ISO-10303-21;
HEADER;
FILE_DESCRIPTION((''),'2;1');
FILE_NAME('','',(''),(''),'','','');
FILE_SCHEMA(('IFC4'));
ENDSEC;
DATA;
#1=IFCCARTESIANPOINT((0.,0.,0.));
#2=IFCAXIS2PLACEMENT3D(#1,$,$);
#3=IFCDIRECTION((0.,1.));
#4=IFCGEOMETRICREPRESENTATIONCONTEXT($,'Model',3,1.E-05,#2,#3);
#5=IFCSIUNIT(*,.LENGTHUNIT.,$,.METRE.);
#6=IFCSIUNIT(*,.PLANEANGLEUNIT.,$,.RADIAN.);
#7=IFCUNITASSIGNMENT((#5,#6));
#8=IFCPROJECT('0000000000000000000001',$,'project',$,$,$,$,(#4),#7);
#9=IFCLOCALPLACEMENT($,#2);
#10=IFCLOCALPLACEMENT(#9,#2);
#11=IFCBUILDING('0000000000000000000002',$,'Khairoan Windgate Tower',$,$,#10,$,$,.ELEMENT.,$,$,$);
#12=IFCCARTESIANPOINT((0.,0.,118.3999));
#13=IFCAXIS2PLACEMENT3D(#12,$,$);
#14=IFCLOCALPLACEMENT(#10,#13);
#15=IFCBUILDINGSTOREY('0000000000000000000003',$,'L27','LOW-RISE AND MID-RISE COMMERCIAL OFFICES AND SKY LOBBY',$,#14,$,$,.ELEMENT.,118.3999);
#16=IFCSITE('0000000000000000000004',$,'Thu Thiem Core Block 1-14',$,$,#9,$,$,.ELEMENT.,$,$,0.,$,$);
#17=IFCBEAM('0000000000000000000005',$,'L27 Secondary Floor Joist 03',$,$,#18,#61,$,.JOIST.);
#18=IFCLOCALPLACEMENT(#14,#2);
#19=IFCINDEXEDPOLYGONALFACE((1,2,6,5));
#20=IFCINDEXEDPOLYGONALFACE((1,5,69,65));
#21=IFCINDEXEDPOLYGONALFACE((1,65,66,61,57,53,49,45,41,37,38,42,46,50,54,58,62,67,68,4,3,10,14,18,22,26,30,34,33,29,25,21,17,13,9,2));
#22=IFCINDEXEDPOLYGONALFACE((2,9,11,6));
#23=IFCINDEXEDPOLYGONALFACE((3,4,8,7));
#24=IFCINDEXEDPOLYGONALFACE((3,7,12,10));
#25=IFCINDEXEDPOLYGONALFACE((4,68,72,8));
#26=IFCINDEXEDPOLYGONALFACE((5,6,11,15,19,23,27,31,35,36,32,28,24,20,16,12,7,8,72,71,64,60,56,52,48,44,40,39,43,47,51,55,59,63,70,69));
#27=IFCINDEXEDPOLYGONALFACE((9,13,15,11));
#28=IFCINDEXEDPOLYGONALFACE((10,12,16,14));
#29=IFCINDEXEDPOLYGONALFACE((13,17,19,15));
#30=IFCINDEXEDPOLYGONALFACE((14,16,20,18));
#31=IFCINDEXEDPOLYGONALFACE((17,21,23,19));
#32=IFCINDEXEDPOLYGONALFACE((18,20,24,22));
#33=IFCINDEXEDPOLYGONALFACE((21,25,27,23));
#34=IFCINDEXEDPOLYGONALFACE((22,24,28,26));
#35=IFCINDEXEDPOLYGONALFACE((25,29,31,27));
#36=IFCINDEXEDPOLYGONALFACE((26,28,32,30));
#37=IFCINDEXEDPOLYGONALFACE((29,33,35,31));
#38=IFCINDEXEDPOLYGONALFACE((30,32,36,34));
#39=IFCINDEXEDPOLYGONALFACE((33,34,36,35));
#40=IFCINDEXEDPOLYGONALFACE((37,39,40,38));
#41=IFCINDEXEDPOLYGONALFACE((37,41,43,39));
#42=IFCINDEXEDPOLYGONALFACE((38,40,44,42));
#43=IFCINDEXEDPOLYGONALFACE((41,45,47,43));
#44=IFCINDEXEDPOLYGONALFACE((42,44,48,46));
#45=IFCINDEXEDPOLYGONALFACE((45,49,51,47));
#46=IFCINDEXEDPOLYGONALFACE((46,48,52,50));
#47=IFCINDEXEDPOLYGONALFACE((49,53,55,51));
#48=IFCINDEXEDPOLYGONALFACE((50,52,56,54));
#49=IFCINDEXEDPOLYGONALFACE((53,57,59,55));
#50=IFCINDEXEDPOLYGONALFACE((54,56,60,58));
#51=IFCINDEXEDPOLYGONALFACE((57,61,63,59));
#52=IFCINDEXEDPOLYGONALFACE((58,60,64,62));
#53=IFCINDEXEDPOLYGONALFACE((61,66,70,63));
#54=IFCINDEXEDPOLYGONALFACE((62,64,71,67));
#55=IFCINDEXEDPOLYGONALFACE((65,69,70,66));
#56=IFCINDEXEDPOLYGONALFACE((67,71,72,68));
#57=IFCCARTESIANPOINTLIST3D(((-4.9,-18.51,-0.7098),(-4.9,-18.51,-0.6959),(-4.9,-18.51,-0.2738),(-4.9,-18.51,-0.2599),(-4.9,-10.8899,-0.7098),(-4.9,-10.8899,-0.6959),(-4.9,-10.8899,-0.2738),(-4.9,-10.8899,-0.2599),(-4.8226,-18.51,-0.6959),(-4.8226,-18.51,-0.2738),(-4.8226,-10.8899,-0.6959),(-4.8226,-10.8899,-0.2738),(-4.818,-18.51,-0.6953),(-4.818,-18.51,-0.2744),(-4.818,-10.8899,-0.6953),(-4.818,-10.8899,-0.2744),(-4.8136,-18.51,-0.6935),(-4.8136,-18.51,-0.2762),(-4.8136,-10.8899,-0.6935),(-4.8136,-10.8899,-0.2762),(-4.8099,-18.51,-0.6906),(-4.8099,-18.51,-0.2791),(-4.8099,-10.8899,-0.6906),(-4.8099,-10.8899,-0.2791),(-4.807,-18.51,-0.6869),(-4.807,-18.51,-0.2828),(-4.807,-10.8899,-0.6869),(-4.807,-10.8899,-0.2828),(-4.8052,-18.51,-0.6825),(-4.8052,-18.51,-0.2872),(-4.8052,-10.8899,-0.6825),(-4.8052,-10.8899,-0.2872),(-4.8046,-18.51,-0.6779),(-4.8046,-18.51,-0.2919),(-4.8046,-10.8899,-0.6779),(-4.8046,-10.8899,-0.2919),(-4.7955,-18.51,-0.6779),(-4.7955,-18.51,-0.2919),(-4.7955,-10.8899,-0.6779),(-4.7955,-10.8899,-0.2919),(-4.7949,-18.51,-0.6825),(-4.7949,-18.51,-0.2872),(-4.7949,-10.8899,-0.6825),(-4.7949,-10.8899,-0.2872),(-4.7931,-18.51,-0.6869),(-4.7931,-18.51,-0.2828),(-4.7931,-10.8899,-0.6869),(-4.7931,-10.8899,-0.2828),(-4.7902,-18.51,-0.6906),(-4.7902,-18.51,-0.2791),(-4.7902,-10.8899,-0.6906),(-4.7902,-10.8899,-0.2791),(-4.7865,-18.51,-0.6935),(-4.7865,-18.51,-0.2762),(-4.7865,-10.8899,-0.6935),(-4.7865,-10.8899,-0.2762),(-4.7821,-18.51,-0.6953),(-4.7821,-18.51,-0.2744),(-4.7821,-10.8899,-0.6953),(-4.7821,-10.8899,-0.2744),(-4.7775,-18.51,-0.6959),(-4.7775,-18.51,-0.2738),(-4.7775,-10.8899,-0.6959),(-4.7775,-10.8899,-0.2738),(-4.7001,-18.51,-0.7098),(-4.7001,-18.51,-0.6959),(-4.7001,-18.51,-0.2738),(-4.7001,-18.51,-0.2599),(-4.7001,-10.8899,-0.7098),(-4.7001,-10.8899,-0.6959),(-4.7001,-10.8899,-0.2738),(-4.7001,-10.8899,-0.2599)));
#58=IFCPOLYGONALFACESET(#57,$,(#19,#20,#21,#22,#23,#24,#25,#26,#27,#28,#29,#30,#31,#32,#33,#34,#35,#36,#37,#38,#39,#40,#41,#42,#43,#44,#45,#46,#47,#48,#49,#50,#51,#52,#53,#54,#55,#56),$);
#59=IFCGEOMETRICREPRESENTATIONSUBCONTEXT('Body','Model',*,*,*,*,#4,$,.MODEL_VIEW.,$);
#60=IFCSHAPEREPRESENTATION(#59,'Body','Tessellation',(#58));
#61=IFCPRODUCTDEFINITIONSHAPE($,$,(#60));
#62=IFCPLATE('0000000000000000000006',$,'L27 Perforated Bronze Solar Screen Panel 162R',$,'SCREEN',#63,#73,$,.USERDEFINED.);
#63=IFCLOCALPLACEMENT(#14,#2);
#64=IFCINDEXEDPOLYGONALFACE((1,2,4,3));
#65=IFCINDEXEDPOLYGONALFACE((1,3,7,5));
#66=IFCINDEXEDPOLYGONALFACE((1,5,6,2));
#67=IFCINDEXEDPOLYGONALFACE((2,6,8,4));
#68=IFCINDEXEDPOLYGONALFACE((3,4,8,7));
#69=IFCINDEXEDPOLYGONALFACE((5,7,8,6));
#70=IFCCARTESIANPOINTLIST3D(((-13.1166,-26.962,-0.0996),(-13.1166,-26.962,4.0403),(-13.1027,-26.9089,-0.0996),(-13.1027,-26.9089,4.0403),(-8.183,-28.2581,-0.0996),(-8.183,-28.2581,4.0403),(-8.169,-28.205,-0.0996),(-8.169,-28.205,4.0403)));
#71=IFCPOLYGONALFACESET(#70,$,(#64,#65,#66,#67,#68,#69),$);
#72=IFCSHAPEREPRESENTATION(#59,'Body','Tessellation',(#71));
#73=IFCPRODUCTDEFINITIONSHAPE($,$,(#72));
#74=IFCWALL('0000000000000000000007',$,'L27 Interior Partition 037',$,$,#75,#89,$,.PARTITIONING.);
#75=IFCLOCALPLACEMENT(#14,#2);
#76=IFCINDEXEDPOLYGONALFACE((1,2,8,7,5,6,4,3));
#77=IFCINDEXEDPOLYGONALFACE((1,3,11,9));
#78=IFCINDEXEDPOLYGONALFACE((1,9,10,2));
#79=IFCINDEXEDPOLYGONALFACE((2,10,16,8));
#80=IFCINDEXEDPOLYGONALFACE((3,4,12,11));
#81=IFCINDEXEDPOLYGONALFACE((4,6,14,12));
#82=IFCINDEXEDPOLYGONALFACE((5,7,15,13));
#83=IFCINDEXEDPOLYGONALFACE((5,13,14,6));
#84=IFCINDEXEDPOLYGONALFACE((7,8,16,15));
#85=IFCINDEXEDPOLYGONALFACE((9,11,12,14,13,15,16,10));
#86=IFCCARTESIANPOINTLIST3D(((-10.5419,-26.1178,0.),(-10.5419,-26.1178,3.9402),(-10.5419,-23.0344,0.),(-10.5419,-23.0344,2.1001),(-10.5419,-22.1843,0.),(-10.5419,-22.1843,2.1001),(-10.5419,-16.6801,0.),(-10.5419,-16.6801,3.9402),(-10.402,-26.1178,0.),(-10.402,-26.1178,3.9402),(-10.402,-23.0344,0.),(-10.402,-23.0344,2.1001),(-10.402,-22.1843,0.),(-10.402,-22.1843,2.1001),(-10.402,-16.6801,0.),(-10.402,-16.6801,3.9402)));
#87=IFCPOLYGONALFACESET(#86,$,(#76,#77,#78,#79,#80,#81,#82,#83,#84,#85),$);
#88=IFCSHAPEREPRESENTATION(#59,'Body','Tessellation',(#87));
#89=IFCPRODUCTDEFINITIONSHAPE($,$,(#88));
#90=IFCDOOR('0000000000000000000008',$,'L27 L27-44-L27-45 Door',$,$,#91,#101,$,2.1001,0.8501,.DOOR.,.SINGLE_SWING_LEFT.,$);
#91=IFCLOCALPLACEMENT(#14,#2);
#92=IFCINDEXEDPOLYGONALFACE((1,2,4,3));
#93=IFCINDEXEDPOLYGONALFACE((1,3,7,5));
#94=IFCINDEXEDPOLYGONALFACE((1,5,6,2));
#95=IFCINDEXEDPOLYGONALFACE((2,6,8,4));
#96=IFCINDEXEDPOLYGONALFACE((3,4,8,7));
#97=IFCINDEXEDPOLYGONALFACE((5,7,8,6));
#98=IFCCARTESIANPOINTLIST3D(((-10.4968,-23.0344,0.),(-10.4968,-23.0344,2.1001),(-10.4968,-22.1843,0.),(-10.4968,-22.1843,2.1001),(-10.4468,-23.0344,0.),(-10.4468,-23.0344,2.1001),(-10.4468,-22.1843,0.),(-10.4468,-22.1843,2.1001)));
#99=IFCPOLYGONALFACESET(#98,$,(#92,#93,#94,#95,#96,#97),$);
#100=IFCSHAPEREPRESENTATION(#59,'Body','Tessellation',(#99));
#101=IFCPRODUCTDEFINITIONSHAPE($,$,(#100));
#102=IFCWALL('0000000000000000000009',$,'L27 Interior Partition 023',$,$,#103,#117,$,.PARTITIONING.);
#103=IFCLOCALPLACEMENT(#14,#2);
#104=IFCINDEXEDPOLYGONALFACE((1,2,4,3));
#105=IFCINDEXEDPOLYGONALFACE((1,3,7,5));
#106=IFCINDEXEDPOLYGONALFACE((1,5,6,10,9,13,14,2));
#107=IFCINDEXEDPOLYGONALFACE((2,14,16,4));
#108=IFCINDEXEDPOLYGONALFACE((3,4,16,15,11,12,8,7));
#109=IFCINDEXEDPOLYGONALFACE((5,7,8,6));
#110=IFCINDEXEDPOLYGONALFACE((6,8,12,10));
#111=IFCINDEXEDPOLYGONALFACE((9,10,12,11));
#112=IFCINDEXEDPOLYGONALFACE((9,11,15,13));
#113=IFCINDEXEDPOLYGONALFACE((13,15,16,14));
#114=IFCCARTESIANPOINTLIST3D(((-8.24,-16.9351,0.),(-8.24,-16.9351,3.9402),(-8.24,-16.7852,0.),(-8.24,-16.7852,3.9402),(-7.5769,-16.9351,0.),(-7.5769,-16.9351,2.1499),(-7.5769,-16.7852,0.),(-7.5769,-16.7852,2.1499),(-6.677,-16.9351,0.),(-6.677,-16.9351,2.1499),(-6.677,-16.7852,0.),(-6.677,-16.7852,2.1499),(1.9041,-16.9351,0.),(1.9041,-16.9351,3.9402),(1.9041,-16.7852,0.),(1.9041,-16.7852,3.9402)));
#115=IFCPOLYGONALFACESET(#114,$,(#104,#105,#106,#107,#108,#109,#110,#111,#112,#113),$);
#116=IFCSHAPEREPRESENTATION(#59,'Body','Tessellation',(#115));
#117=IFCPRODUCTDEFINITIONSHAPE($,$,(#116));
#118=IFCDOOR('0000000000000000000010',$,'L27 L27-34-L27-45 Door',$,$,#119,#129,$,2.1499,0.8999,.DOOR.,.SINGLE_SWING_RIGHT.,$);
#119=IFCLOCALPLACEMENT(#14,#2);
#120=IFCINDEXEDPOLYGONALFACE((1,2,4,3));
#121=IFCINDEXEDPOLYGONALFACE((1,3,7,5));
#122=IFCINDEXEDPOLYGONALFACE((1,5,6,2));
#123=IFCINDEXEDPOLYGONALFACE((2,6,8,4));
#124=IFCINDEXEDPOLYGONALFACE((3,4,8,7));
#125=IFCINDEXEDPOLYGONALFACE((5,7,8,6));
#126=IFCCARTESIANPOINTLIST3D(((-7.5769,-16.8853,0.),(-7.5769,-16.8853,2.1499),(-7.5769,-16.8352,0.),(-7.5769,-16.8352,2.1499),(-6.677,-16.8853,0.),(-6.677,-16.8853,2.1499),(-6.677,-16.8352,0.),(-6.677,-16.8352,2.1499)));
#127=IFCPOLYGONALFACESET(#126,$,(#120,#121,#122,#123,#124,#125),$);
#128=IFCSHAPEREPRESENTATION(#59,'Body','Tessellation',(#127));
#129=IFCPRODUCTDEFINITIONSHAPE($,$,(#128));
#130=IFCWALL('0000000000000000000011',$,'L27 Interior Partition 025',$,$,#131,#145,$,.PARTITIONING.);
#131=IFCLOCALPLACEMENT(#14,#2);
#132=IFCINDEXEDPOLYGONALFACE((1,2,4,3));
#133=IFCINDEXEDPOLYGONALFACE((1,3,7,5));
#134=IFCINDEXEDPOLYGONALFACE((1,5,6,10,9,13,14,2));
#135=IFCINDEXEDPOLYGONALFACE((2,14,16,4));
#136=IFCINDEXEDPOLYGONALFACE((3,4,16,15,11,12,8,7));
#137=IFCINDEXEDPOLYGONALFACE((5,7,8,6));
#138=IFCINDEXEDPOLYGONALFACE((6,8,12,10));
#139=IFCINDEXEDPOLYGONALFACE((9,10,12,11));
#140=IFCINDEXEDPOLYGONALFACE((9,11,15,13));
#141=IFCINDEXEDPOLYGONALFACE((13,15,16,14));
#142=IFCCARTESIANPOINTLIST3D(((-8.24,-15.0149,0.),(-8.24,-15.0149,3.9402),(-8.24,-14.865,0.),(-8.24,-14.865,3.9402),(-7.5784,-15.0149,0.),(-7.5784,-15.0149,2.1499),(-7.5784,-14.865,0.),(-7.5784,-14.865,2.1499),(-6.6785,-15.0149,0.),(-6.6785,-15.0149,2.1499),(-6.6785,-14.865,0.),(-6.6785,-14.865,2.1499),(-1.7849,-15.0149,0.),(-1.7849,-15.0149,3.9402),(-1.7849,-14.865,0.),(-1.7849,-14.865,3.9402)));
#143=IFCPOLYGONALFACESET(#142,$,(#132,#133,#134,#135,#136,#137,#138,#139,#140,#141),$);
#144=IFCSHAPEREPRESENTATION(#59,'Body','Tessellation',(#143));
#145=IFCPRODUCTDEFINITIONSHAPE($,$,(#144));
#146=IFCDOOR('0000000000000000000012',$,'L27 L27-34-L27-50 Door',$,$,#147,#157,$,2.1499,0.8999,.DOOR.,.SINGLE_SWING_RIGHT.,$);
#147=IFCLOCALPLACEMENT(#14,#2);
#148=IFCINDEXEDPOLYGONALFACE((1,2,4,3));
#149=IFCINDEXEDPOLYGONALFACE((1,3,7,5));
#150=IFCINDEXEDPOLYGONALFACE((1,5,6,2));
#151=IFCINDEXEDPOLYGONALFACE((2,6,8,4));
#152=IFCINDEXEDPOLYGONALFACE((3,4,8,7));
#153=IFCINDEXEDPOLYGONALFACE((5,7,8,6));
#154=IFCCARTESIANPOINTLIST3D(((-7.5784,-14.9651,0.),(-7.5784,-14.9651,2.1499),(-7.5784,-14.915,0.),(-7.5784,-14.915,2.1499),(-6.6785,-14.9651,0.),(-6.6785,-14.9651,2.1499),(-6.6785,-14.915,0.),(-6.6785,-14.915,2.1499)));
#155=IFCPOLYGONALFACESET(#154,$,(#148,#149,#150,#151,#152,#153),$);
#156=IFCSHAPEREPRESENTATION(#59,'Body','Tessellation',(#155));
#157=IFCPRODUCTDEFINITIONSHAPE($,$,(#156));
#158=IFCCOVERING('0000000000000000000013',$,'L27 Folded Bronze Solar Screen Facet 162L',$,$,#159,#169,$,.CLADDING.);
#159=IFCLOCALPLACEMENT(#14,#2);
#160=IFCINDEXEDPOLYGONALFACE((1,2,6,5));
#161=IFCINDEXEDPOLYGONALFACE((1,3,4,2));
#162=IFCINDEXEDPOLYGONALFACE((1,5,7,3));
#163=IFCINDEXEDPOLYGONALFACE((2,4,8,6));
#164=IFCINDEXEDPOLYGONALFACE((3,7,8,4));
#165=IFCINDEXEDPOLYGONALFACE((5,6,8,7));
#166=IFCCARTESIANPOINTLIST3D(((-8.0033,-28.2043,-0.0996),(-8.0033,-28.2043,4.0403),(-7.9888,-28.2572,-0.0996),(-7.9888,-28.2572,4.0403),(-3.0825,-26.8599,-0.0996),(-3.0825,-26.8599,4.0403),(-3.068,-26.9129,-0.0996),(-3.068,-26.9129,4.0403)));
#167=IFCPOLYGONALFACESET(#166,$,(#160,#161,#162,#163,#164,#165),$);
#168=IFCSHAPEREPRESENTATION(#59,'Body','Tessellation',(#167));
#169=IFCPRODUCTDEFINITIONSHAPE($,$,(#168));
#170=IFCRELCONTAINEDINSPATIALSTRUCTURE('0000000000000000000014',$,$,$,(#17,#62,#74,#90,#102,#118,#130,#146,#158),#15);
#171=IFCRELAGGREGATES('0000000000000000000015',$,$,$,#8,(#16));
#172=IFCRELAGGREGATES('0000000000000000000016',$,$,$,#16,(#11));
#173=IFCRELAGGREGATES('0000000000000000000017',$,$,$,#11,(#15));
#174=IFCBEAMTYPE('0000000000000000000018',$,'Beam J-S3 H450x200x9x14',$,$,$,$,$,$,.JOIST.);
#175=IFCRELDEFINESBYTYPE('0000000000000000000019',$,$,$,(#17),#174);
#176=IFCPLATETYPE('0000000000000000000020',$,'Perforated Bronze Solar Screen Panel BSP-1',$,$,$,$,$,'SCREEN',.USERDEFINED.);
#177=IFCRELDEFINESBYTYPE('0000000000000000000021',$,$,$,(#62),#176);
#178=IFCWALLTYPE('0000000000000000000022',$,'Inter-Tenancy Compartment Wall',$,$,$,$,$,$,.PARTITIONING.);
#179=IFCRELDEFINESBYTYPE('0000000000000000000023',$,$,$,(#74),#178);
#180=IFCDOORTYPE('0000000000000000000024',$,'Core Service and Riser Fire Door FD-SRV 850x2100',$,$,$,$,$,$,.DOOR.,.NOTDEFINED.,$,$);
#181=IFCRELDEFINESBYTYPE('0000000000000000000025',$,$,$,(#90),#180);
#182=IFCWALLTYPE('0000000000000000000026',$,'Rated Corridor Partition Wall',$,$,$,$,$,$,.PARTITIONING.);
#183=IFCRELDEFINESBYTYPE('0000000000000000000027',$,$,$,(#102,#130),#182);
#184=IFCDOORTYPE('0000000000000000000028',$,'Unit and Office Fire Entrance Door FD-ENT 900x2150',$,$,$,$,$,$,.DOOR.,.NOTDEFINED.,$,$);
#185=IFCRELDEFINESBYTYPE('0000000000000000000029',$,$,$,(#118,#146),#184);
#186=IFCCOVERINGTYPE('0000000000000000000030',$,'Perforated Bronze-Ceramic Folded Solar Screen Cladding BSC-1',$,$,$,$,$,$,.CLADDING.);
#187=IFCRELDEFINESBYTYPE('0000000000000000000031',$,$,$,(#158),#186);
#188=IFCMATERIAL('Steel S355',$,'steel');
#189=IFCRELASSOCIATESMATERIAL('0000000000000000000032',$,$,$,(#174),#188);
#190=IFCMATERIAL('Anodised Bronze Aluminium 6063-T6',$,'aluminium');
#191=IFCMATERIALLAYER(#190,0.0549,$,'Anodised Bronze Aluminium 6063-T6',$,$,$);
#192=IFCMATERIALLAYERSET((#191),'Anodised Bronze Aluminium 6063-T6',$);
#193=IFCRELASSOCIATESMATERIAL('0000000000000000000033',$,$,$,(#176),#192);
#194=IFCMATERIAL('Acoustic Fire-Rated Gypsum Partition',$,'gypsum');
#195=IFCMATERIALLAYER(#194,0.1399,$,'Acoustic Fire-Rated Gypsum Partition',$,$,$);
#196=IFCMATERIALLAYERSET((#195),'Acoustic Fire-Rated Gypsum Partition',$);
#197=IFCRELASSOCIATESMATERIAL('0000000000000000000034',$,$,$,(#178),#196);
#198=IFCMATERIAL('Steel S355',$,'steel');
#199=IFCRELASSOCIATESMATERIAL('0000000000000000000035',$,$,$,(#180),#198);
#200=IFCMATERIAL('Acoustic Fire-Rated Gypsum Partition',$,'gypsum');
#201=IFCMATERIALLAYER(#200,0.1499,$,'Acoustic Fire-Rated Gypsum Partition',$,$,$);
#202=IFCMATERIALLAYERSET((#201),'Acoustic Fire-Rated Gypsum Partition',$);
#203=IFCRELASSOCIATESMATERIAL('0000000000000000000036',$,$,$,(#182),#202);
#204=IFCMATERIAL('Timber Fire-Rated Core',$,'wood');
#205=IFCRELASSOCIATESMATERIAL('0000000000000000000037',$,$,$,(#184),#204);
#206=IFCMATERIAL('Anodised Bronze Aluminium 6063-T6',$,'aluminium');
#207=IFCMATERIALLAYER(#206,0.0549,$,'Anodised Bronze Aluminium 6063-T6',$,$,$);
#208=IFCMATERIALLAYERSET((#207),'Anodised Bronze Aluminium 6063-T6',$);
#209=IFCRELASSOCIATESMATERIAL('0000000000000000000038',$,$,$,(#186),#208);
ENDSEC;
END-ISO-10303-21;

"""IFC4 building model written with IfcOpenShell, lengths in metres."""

from ifc_helpers import new_model, si_unit, direction, frame, frame_2d, origin, origin_2d, place, context, subcontext, project, spatial, rectangle, i_section, extrude, material, layer, layer_set, material_profile, profile_set, type_object, element, fill, save


model = new_model("IFC4")

# Units and contexts
model_context = context("Model", 3, precision=1e-05, world=origin(), true_north=direction((0.0, 1.0)))
body_context = subcontext(model_context, "Body", "Model", "MODEL_VIEW")
ifc_project = project(units=[si_unit("LENGTHUNIT", "METRE"), si_unit("PLANEANGLEUNIT", "RADIAN")], contexts=[model_context])

# Site, building, storey
site_placement = place(None, origin())
site = spatial("IfcSite", under=ifc_project, at=site_placement, Name="Thu Thiem Core Block 1-14", CompositionType="ELEMENT", RefElevation=0.0)
building_placement = place(site_placement, origin())
building = spatial("IfcBuilding", under=site, at=building_placement, Name="Khairoan Windgate Tower", CompositionType="ELEMENT")
storey_placement = place(building_placement, frame((0.0, 0.0, 118.3999)))
storey = spatial("IfcBuildingStorey", under=building, at=storey_placement, Name="L27", Description="LOW-RISE AND MID-RISE COMMERCIAL OFFICES AND SKY LOBBY", CompositionType="ELEMENT", Elevation=118.3999)

# Beam
ifc_material_1 = material(Name="Steel S355", Category="steel")
ifc_material_profile_1 = material_profile(ifc_material_1, i_section(OverallWidth=0.2, OverallDepth=0.45, WebThickness=0.009, FlangeThickness=0.0139, FilletRadius=0.0181, at=origin_2d()))
ifc_profile_set_1 = profile_set([ifc_material_profile_1], Name="Steel S355")
beam_type_1 = type_object("IfcBeamType", Name="Beam J-S3 H450x200x9x14", PredefinedType="JOIST", material=ifc_profile_set_1)
beam_1_placement = place(storey_placement, frame((-4.8, -18.51, -0.4849), z_axis=(0.0, 1.0, 0.0), x_axis=(-1.0, 0.0, 0.0)))
element("IfcBeam", 1, at=beam_1_placement, inside=storey, type_object=beam_type_1, Name="L27 Secondary Floor Joist 03", PredefinedType="JOIST", context=body_context, shape_type="SweptSolid", body=[
    extrude(i_section(OverallWidth=0.2, OverallDepth=0.45, WebThickness=0.009, FlangeThickness=0.0139, FilletRadius=0.0181, at=origin_2d()), origin(), (0.0, 0.0, 1.0), 7.6201),
])

# Plate
ifc_material_2 = material(Name="Anodised Bronze Aluminium 6063-T6", Category="aluminium")
ifc_layer_1 = layer(ifc_material_2, 0.0549, Name="Anodised Bronze Aluminium 6063-T6")
ifc_layer_set_1 = layer_set([ifc_layer_1], Name="Anodised Bronze Aluminium 6063-T6")
plate_type = type_object("IfcPlateType", Name="Perforated Bronze Solar Screen Panel BSP-1", ElementType="SCREEN", PredefinedType="USERDEFINED", material=ifc_layer_set_1)
plate_placement = place(storey_placement, frame((-10.6428, -27.5835, -0.0996), z_axis=(0.0, 0.0, 1.0), x_axis=(-0.967179, 0.254096, 0.0)))
element("IfcPlate", 2, at=plate_placement, inside=storey, type_object=plate_type, Name="L27 Perforated Bronze Solar Screen Panel 162R", ObjectType="SCREEN", PredefinedType="USERDEFINED", context=body_context, shape_type="SweptSolid", body=[
    extrude(rectangle(XDim=5.1011, YDim=0.0549, at=origin_2d()), origin(), (0.0, 0.0, 1.0), 4.1399),
])

# Walls, openings, doors
ifc_material_3 = material(Name="Acoustic Fire-Rated Gypsum Partition", Category="gypsum")
ifc_layer_2 = layer(ifc_material_3, 0.1399, Name="Acoustic Fire-Rated Gypsum Partition")
ifc_layer_set_2 = layer_set([ifc_layer_2], Name="Acoustic Fire-Rated Gypsum Partition")
wall_type_1 = type_object("IfcWallType", Name="Inter-Tenancy Compartment Wall", PredefinedType="PARTITIONING", material=ifc_layer_set_2)
wall_1_placement = place(storey_placement, frame((-10.4719, -26.1177, 0.0), z_axis=(0.0, 0.0, 1.0), x_axis=(0.0, 1.0, 0.0)))
wall_1 = element("IfcWall", 3, at=wall_1_placement, inside=storey, type_object=wall_type_1, Name="L27 Interior Partition 037", PredefinedType="PARTITIONING", context=body_context, shape_type="SweptSolid", body=[
    extrude(rectangle(XDim=9.4377, YDim=0.1399, at=frame_2d((4.7188, 0.0))), origin(), (0.0, 0.0, 1.0), 3.9402),
])
opening_1_placement = place(wall_1_placement, frame((3.0833, 0.0, 0.0)))
opening_1 = element("IfcOpeningElement", 4, at=opening_1_placement, cuts=wall_1, PredefinedType="OPENING", context=body_context, shape_type="SweptSolid", body=[
    extrude(rectangle(XDim=0.8501, YDim=2.1001, at=frame_2d((0.425, 1.05))), frame((0.0, 0.0798, 0.0), z_axis=(0.0, -1.0, 0.0), x_axis=(1.0, 0.0, 0.0)), (0.0, 0.0, 1.0), 0.1599),
])
ifc_material_4 = material(Name="Steel S355", Category="steel")
door_type_1 = type_object("IfcDoorType", Name="Core Service and Riser Fire Door FD-SRV 850x2100", OperationType="NOTDEFINED", PredefinedType="DOOR", material=ifc_material_4)
door_1_placement = place(opening_1_placement, origin())
door_1 = element("IfcDoor", 5, at=door_1_placement, inside=storey, type_object=door_type_1, Name="L27 L27-44-L27-45 Door", OperationType="SINGLE_SWING_LEFT", OverallHeight=2.1001, OverallWidth=0.8501, PredefinedType="DOOR", context=body_context, shape_type="SweptSolid", body=[
    extrude(rectangle(XDim=0.8501, YDim=2.1001, at=frame_2d((0.425, 1.05))), frame((0.0, 0.0249, 0.0), z_axis=(0.0, -1.0, 0.0), x_axis=(1.0, 0.0, 0.0)), (0.0, 0.0, 1.0), 0.05),
])
fill(opening_1, door_1)
ifc_material_5 = material(Name="Acoustic Fire-Rated Gypsum Partition", Category="gypsum")
ifc_layer_3 = layer(ifc_material_5, 0.1499, Name="Acoustic Fire-Rated Gypsum Partition")
ifc_layer_set_3 = layer_set([ifc_layer_3], Name="Acoustic Fire-Rated Gypsum Partition")
wall_type_2 = type_object("IfcWallType", Name="Rated Corridor Partition Wall", PredefinedType="PARTITIONING", material=ifc_layer_set_3)
wall_2_placement = place(storey_placement, frame((-8.24, -16.8601, 0.0), z_axis=(0.0, 0.0, 1.0), x_axis=(1.0, 0.0, 0.0)))
wall_2 = element("IfcWall", 6, at=wall_2_placement, inside=storey, type_object=wall_type_2, Name="L27 Interior Partition 023", PredefinedType="PARTITIONING", context=body_context, shape_type="SweptSolid", body=[
    extrude(rectangle(XDim=10.144, YDim=0.1499, at=frame_2d((5.072, 0.0))), origin(), (0.0, 0.0, 1.0), 3.9402),
])
opening_2_placement = place(wall_2_placement, frame((0.6631, 0.0, 0.0)))
opening_2 = element("IfcOpeningElement", 7, at=opening_2_placement, cuts=wall_2, PredefinedType="OPENING", context=body_context, shape_type="SweptSolid", body=[
    extrude(rectangle(XDim=0.8999, YDim=2.1499, at=frame_2d((0.45, 1.075))), frame((0.0, 0.085, 0.0), z_axis=(0.0, -1.0, 0.0), x_axis=(1.0, 0.0, 0.0)), (0.0, 0.0, 1.0), 0.1699),
])
ifc_material_6 = material(Name="Timber Fire-Rated Core", Category="wood")
door_type_2 = type_object("IfcDoorType", Name="Unit and Office Fire Entrance Door FD-ENT 900x2150", OperationType="NOTDEFINED", PredefinedType="DOOR", material=ifc_material_6)
door_2_placement = place(opening_2_placement, origin())
door_2 = element("IfcDoor", 8, at=door_2_placement, inside=storey, type_object=door_type_2, Name="L27 L27-34-L27-45 Door", OperationType="SINGLE_SWING_RIGHT", OverallHeight=2.1499, OverallWidth=0.8999, PredefinedType="DOOR", context=body_context, shape_type="SweptSolid", body=[
    extrude(rectangle(XDim=0.8999, YDim=2.1499, at=frame_2d((0.45, 1.075))), frame((0.0, 0.0249, 0.0), z_axis=(0.0, -1.0, 0.0), x_axis=(1.0, 0.0, 0.0)), (0.0, 0.0, 1.0), 0.05),
])
fill(opening_2, door_2)
wall_3_placement = place(storey_placement, frame((-8.24, -14.9399, 0.0), z_axis=(0.0, 0.0, 1.0), x_axis=(1.0, 0.0, 0.0)))
wall_3 = element("IfcWall", 9, at=wall_3_placement, inside=storey, type_object=wall_type_2, Name="L27 Interior Partition 025", PredefinedType="PARTITIONING", context=body_context, shape_type="SweptSolid", body=[
    extrude(rectangle(XDim=6.4551, YDim=0.1499, at=frame_2d((3.2275, 0.0))), origin(), (0.0, 0.0, 1.0), 3.9402),
])
opening_3_placement = place(wall_3_placement, frame((0.6616, 0.0, 0.0)))
opening_3 = element("IfcOpeningElement", 10, at=opening_3_placement, cuts=wall_3, PredefinedType="OPENING", context=body_context, shape_type="SweptSolid", body=[
    extrude(rectangle(XDim=0.8999, YDim=2.1499, at=frame_2d((0.45, 1.075))), frame((0.0, 0.085, 0.0), z_axis=(0.0, -1.0, 0.0), x_axis=(1.0, 0.0, 0.0)), (0.0, 0.0, 1.0), 0.1699),
])
door_3_placement = place(opening_3_placement, origin())
door_3 = element("IfcDoor", 11, at=door_3_placement, inside=storey, type_object=door_type_2, Name="L27 L27-34-L27-50 Door", OperationType="SINGLE_SWING_RIGHT", OverallHeight=2.1499, OverallWidth=0.8999, PredefinedType="DOOR", context=body_context, shape_type="SweptSolid", body=[
    extrude(rectangle(XDim=0.8999, YDim=2.1499, at=frame_2d((0.45, 1.075))), frame((0.0, 0.0249, 0.0), z_axis=(0.0, -1.0, 0.0), x_axis=(1.0, 0.0, 0.0)), (0.0, 0.0, 1.0), 0.05),
])
fill(opening_3, door_3)

# Covering
ifc_material_7 = material(Name="Anodised Bronze Aluminium 6063-T6", Category="aluminium")
ifc_layer_4 = layer(ifc_material_7, 0.0549, Name="Anodised Bronze Aluminium 6063-T6")
ifc_layer_set_4 = layer_set([ifc_layer_4], Name="Anodised Bronze Aluminium 6063-T6")
covering_type = type_object("IfcCoveringType", Name="Perforated Bronze-Ceramic Folded Solar Screen Cladding BSC-1", PredefinedType="CLADDING", material=ifc_layer_set_4)
covering_placement = place(storey_placement, frame((-5.5356, -27.5586, -0.0996), z_axis=(0.0, 0.0, 1.0), x_axis=(-0.964649, -0.263536, 0.0)))
element("IfcCovering", 12, at=covering_placement, inside=storey, type_object=covering_type, Name="L27 Folded Bronze Solar Screen Facet 162L", PredefinedType="CLADDING", context=body_context, shape_type="SweptSolid", body=[
    extrude(rectangle(XDim=5.1011, YDim=0.0549, at=origin_2d()), origin(), (0.0, 0.0, 1.0), 4.1399),
])

save(model, "model.ifc")
